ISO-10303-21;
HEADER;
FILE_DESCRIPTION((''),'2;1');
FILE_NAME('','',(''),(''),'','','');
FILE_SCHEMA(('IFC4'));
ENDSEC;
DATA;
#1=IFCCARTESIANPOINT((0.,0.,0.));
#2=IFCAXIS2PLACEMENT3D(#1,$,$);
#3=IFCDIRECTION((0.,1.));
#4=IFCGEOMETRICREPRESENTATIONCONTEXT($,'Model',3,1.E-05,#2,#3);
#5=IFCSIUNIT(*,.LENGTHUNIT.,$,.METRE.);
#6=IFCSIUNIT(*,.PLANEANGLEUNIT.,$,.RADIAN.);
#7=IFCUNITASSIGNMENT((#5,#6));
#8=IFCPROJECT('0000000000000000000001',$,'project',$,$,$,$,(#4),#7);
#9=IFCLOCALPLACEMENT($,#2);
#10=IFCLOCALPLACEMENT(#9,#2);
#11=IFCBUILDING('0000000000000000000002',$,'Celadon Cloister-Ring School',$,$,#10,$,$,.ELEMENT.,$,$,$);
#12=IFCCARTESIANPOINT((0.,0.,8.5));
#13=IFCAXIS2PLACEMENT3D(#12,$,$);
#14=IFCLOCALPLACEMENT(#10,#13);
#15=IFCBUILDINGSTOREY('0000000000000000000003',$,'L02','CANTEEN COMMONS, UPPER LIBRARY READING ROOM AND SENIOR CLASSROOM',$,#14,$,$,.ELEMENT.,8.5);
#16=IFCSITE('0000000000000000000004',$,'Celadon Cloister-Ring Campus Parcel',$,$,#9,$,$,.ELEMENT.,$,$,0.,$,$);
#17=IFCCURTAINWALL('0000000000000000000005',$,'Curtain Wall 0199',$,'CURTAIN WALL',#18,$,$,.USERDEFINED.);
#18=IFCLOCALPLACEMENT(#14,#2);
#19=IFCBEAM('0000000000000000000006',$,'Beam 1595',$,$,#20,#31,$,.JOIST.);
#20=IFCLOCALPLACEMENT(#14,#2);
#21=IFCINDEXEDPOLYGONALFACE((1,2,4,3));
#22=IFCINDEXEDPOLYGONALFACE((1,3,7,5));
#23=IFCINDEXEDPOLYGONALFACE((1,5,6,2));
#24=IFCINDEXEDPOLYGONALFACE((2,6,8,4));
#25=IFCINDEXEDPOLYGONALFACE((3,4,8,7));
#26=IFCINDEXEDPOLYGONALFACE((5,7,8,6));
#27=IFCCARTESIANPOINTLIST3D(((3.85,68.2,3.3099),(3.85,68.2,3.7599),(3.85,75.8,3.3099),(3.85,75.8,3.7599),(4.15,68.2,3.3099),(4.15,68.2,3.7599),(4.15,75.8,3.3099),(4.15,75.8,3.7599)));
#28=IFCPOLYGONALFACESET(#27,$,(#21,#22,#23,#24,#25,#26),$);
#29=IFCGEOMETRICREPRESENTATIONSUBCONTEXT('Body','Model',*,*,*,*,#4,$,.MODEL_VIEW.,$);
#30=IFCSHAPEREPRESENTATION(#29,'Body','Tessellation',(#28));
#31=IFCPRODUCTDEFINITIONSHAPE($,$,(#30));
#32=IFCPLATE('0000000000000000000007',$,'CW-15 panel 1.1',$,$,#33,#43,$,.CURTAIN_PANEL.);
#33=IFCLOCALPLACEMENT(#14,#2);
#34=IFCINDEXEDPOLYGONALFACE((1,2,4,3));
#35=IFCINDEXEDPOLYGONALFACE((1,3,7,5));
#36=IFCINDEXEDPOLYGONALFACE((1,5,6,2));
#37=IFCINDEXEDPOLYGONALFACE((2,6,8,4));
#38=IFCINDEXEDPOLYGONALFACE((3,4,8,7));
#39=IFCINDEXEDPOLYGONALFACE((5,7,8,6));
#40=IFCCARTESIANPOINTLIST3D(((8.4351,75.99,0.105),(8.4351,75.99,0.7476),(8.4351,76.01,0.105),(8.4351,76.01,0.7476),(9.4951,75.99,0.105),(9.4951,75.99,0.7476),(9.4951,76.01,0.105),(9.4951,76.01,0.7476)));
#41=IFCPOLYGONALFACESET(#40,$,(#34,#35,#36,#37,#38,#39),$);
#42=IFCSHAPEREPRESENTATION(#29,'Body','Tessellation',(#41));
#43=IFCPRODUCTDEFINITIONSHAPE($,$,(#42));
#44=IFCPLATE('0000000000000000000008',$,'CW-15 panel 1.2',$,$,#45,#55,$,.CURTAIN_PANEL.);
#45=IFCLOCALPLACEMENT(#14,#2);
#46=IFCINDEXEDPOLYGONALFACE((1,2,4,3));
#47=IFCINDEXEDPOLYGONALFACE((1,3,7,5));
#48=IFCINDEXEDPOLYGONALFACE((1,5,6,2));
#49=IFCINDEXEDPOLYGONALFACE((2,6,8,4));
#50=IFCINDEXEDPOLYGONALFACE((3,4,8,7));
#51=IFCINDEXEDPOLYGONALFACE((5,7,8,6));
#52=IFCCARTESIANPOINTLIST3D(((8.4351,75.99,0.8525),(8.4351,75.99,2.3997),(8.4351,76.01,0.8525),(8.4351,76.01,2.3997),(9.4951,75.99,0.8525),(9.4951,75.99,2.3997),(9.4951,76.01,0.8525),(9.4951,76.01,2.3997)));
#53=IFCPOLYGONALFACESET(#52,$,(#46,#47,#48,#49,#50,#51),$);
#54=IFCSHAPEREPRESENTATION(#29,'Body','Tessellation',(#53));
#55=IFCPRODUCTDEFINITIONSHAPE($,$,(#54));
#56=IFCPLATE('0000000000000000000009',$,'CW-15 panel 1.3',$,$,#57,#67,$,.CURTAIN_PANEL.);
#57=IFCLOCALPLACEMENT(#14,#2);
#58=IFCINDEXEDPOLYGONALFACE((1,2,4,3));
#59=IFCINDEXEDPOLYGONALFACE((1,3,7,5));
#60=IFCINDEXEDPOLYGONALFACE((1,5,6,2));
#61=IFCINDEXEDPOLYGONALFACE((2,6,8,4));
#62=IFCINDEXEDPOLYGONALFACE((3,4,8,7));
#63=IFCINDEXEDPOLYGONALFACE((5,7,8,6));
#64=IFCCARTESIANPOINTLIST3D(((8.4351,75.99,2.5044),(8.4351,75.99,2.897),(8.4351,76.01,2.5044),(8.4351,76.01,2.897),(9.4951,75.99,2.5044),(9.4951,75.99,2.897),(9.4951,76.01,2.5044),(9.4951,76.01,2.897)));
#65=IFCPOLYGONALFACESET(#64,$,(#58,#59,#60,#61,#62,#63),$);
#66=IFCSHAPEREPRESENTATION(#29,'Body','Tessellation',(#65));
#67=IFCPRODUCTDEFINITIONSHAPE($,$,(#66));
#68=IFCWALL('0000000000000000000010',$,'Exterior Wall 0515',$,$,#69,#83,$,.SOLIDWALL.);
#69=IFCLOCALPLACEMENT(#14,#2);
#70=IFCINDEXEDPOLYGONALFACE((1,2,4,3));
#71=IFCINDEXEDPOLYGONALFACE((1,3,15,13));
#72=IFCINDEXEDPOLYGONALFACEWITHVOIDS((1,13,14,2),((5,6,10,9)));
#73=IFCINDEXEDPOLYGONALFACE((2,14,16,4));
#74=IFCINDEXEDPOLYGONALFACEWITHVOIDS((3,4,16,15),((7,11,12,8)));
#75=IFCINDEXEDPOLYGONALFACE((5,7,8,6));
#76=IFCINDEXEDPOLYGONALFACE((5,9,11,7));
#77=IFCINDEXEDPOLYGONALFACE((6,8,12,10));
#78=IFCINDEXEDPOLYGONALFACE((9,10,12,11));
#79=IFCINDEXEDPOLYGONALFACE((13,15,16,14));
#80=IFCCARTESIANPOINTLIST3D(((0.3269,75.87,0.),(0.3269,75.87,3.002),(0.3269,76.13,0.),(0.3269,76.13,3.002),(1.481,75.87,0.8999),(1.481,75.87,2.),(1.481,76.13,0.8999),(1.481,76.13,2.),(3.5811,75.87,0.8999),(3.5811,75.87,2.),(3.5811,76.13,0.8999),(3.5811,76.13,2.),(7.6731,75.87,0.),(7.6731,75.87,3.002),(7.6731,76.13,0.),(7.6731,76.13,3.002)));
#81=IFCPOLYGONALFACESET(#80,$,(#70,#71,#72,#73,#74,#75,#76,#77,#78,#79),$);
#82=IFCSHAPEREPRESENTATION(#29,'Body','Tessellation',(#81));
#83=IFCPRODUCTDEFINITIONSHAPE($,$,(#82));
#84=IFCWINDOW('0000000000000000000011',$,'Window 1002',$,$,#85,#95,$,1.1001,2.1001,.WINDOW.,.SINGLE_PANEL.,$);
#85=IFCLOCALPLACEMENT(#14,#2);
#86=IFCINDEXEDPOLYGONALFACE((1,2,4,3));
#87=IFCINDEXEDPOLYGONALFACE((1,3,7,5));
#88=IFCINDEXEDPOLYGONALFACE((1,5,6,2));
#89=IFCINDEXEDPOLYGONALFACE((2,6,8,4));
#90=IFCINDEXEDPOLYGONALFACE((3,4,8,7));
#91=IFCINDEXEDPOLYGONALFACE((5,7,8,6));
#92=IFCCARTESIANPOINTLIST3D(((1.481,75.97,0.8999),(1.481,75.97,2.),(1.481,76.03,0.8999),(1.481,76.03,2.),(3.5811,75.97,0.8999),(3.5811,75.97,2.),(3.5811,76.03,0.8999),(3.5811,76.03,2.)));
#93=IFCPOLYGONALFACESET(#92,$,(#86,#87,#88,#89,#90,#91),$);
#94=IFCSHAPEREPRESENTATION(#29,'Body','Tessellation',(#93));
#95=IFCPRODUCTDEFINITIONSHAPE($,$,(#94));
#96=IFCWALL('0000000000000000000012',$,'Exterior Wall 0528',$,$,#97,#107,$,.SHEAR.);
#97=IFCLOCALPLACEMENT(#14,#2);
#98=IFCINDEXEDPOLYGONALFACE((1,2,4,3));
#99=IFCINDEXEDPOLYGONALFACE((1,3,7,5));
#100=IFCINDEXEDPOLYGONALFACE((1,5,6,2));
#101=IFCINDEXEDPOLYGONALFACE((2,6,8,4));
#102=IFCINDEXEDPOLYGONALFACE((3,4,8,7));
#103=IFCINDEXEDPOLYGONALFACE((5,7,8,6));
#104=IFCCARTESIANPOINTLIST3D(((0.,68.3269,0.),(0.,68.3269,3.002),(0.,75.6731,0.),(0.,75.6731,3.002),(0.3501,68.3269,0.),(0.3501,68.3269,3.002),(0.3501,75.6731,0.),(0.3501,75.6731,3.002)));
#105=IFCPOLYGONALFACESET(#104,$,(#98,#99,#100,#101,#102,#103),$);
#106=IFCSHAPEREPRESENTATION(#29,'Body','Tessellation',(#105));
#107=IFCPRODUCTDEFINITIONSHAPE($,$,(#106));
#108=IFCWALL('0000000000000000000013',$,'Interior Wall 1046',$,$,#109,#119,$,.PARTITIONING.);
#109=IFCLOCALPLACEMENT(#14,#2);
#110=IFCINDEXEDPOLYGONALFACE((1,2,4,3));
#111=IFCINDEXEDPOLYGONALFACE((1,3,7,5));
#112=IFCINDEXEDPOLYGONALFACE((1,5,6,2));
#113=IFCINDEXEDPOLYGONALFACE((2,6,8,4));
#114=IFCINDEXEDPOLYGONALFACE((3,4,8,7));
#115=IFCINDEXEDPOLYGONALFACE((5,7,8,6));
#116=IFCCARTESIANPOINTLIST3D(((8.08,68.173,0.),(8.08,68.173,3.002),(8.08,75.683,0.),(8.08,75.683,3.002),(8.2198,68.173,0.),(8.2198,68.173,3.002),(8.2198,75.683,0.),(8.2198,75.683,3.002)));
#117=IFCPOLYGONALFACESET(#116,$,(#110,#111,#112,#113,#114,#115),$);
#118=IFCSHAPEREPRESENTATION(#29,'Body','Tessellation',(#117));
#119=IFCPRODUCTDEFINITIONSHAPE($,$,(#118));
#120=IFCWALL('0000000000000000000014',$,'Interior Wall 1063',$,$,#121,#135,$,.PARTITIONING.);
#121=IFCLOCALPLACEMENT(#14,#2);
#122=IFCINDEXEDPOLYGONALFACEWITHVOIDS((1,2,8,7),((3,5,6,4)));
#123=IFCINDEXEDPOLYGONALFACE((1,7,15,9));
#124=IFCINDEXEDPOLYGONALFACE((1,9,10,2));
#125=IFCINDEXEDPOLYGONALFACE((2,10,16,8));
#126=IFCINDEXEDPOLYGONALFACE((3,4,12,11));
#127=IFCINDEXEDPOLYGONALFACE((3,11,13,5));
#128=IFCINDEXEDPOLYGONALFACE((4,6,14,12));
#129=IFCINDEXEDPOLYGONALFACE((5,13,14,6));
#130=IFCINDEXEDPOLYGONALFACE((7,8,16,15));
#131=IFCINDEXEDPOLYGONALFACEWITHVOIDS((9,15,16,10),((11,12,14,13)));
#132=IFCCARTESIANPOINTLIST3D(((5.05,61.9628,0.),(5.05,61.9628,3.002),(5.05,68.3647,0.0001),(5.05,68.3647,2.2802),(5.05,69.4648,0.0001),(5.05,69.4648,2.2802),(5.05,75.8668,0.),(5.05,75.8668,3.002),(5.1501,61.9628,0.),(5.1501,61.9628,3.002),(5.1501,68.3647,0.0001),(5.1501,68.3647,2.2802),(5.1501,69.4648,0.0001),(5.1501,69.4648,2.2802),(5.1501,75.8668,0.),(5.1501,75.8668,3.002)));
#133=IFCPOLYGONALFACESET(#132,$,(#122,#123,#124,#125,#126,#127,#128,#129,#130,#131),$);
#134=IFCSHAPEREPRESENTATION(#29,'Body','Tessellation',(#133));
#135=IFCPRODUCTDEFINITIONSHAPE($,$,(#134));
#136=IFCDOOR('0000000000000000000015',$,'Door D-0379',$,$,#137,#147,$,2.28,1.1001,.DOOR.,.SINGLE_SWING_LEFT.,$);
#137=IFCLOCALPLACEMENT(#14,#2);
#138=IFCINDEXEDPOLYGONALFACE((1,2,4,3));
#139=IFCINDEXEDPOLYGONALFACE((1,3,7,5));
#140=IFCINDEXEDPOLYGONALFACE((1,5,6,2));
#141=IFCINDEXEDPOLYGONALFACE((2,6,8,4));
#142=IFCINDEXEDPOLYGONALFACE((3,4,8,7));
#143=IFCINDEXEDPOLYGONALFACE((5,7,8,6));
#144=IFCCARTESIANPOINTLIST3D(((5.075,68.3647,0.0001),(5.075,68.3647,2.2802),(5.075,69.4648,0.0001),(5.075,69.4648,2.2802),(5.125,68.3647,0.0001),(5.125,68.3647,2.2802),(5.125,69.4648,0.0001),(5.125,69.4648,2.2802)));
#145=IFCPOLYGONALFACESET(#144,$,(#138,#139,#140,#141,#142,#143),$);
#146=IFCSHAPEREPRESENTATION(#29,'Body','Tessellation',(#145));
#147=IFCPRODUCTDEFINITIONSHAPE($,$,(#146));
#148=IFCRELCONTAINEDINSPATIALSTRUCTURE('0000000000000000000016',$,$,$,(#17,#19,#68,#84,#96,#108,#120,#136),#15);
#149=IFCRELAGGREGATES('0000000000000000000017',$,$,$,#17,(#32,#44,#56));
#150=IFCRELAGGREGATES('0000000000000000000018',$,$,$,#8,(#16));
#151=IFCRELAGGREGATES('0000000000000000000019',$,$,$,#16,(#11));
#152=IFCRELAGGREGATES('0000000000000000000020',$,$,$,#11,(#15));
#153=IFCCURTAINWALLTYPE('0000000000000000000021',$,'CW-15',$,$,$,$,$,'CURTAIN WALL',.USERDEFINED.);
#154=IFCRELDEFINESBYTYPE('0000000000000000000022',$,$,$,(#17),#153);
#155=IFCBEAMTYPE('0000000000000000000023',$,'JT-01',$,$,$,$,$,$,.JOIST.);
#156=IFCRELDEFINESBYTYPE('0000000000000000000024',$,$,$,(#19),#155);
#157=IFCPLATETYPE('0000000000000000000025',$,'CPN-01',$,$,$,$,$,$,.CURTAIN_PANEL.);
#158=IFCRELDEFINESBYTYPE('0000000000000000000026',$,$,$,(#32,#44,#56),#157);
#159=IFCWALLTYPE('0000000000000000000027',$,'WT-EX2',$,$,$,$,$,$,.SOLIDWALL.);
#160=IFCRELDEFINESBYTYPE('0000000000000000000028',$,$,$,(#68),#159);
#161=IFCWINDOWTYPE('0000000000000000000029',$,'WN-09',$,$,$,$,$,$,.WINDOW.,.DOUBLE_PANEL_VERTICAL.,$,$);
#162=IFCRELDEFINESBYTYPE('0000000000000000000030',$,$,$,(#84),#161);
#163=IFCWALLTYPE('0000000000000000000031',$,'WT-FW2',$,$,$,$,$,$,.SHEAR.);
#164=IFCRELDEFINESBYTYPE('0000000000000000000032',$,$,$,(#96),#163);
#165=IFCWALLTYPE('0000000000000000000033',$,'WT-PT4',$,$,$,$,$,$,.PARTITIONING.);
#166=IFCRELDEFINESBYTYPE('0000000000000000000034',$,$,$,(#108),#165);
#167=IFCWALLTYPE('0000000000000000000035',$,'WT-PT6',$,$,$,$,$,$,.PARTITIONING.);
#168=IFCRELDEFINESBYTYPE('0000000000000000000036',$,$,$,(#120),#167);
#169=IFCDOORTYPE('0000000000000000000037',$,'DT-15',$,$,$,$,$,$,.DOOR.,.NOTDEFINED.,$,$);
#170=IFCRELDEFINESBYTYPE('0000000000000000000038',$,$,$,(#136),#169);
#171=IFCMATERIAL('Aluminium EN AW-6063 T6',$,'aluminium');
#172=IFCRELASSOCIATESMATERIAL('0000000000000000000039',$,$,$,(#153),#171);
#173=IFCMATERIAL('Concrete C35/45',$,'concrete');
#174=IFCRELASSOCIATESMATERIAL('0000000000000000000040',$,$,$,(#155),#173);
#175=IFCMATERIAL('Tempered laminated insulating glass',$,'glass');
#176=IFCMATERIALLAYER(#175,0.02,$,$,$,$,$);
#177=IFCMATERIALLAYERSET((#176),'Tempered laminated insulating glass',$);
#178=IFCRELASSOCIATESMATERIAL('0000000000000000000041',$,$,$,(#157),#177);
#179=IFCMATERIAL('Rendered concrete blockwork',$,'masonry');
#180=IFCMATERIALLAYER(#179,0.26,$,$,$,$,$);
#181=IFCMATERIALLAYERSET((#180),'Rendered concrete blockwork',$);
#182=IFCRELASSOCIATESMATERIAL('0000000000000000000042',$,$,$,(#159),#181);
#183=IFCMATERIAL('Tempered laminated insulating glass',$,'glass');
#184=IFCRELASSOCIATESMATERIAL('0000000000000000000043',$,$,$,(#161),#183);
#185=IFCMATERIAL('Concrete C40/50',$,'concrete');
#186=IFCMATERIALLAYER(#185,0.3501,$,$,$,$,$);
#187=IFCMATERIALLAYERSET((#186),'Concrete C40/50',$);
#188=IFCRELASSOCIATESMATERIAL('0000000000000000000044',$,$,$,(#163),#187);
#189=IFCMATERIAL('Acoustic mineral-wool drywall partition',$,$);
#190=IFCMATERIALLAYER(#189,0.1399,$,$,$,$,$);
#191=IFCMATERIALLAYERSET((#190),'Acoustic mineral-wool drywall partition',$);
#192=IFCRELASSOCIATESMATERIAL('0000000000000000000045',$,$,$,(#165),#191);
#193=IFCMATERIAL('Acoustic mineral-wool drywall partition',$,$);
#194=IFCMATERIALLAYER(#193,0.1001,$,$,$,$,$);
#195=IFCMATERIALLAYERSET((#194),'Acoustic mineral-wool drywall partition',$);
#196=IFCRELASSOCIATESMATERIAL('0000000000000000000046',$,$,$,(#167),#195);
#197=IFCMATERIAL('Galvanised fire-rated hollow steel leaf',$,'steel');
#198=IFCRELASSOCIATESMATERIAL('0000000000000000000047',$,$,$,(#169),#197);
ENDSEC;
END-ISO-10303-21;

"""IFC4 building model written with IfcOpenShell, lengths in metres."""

from ifc_helpers import new_model, si_unit, direction, frame, frame_2d, origin, origin_2d, place, context, subcontext, project, spatial, rectangle, extrude, material, layer, layer_set, material_profile, profile_set, type_object, element, fill, aggregate, save


model = new_model("IFC4")

# Units and contexts
model_context = context("Model", 3, precision=1e-05, world=origin(), true_north=direction((0.0, 1.0)))
body_context = subcontext(model_context, "Body", "Model", "MODEL_VIEW")
ifc_project = project(units=[si_unit("LENGTHUNIT", "METRE"), si_unit("PLANEANGLEUNIT", "RADIAN")], contexts=[model_context])

# Site, building, storey
site_placement = place(None, origin())
site = spatial("IfcSite", under=ifc_project, at=site_placement, Name="Celadon Cloister-Ring Campus Parcel", CompositionType="ELEMENT", RefElevation=0.0)
building_placement = place(site_placement, origin())
building = spatial("IfcBuilding", under=site, at=building_placement, Name="Celadon Cloister-Ring School", CompositionType="ELEMENT")
storey_placement = place(building_placement, frame((0.0, 0.0, 8.5)))
storey = spatial("IfcBuildingStorey", under=building, at=storey_placement, Name="L02", Description="CANTEEN COMMONS, UPPER LIBRARY READING ROOM AND SENIOR CLASSROOM", CompositionType="ELEMENT", Elevation=8.5)

# Curtain wall
ifc_material_1 = material(Name="Aluminium EN AW-6063 T6", Category="aluminium")
curtain_wall_type = type_object("IfcCurtainWallType", Name="CW-15", ElementType="CURTAIN WALL", PredefinedType="USERDEFINED", material=ifc_material_1)
curtain_wall_placement = place(storey_placement, origin())
curtain_wall = element("IfcCurtainWall", 1, at=curtain_wall_placement, inside=storey, type_object=curtain_wall_type, Name="Curtain Wall 0199", ObjectType="CURTAIN WALL", PredefinedType="USERDEFINED")

# Beam
ifc_material_2 = material(Name="Concrete C35/45", Category="concrete")
ifc_material_profile_1 = material_profile(ifc_material_2, rectangle(XDim=0.3, YDim=0.45, at=origin_2d()), Name="RC300X450")
ifc_profile_set_1 = profile_set([ifc_material_profile_1], Name="Concrete C35/45")
beam_type_1 = type_object("IfcBeamType", Name="JT-01", PredefinedType="JOIST", material=ifc_profile_set_1)
beam_1_placement = place(storey_placement, frame((4.0, 68.2, 3.5349), z_axis=(0.0, 1.0, 0.0), x_axis=(-1.0, 0.0, 0.0)))
element("IfcBeam", 2, at=beam_1_placement, inside=storey, type_object=beam_type_1, Name="Beam 1595", PredefinedType="JOIST", context=body_context, shape_type="SweptSolid", body=[
    extrude(rectangle(XDim=0.3, YDim=0.45, at=origin_2d()), origin(), (0.0, 0.0, 1.0), 7.6001),
])

# Plates
ifc_material_3 = material(Name="Tempered laminated insulating glass", Category="glass")
ifc_layer_1 = layer(ifc_material_3, 0.02)
ifc_layer_set_1 = layer_set([ifc_layer_1], Name="Tempered laminated insulating glass")
plate_type = type_object("IfcPlateType", Name="CPN-01", PredefinedType="CURTAIN_PANEL", material=ifc_layer_set_1)
plate_1_placement = place(storey_placement, frame((8.9651, 76.0, 0.105), z_axis=(0.0, 0.0, 1.0), x_axis=(1.0, 0.0, 0.0)))
plate_1 = element("IfcPlate", 3, at=plate_1_placement, type_object=plate_type, Name="CW-15 panel 1.1", PredefinedType="CURTAIN_PANEL", context=body_context, shape_type="SweptSolid", body=[
    extrude(rectangle(XDim=1.0601, YDim=0.02, at=origin_2d()), origin(), (0.0, 0.0, 1.0), 0.6426),
])
plate_2_placement = place(storey_placement, frame((8.9651, 76.0, 0.8525), z_axis=(0.0, 0.0, 1.0), x_axis=(1.0, 0.0, 0.0)))
plate_2 = element("IfcPlate", 4, at=plate_2_placement, type_object=plate_type, Name="CW-15 panel 1.2", PredefinedType="CURTAIN_PANEL", context=body_context, shape_type="SweptSolid", body=[
    extrude(rectangle(XDim=1.0601, YDim=0.02, at=origin_2d()), origin(), (0.0, 0.0, 1.0), 1.5471),
])
plate_3_placement = place(storey_placement, frame((8.9651, 76.0, 2.5044), z_axis=(0.0, 0.0, 1.0), x_axis=(1.0, 0.0, 0.0)))
plate_3 = element("IfcPlate", 5, at=plate_3_placement, type_object=plate_type, Name="CW-15 panel 1.3", PredefinedType="CURTAIN_PANEL", context=body_context, shape_type="SweptSolid", body=[
    extrude(rectangle(XDim=1.0601, YDim=0.02, at=origin_2d()), origin(), (0.0, 0.0, 1.0), 0.3926),
])
aggregate(curtain_wall, [plate_1, plate_2, plate_3])

# Wall, opening, window
ifc_material_4 = material(Name="Rendered concrete blockwork", Category="masonry")
ifc_layer_2 = layer(ifc_material_4, 0.26)
ifc_layer_set_2 = layer_set([ifc_layer_2], Name="Rendered concrete blockwork")
wall_type_1 = type_object("IfcWallType", Name="WT-EX2", PredefinedType="SOLIDWALL", material=ifc_layer_set_2)
wall_1_placement = place(storey_placement, frame((0.3269, 76.0, 0.0), z_axis=(0.0, 0.0, 1.0), x_axis=(1.0, 0.0, 0.0)))
wall_1 = element("IfcWall", 6, at=wall_1_placement, inside=storey, type_object=wall_type_1, Name="Exterior Wall 0515", PredefinedType="SOLIDWALL", context=body_context, shape_type="SweptSolid", body=[
    extrude(rectangle(XDim=7.3462, YDim=0.26, at=frame_2d((3.6731, 0.0))), origin(), (0.0, 0.0, 1.0), 3.002),
])
opening_1_placement = place(wall_1_placement, frame((1.1541, 0.0, 0.8999)))
opening_1 = element("IfcOpeningElement", 7, at=opening_1_placement, cuts=wall_1, PredefinedType="OPENING", context=body_context, shape_type="SweptSolid", body=[
    extrude(rectangle(XDim=2.1001, YDim=1.1001, at=frame_2d((1.05, 0.55))), frame((0.0, 0.1401, 0.0), z_axis=(0.0, -1.0, 0.0), x_axis=(1.0, 0.0, 0.0)), (0.0, 0.0, 1.0), 0.28),
])
ifc_material_5 = material(Name="Tempered laminated insulating glass", Category="glass")
window_type = type_object("IfcWindowType", Name="WN-09", PartitioningType="DOUBLE_PANEL_VERTICAL", PredefinedType="WINDOW", material=ifc_material_5)
window_placement = place(opening_1_placement, origin())
window = element("IfcWindow", 8, at=window_placement, inside=storey, type_object=window_type, Name="Window 1002", OverallHeight=1.1001, OverallWidth=2.1001, PartitioningType="SINGLE_PANEL", PredefinedType="WINDOW", context=body_context, shape_type="SweptSolid", body=[
    extrude(rectangle(XDim=2.1001, YDim=1.1001, at=frame_2d((1.05, 0.55))), frame((0.0, 0.03, 0.0), z_axis=(0.0, -1.0, 0.0), x_axis=(1.0, 0.0, 0.0)), (0.0, 0.0, 1.0), 0.0601),
])
fill(opening_1, window)

# Walls
ifc_material_6 = material(Name="Concrete C40/50", Category="concrete")
ifc_layer_3 = layer(ifc_material_6, 0.3501)
ifc_layer_set_3 = layer_set([ifc_layer_3], Name="Concrete C40/50")
wall_type_2 = type_object("IfcWallType", Name="WT-FW2", PredefinedType="SHEAR", material=ifc_layer_set_3)
wall_2_placement = place(storey_placement, frame((0.175, 68.3269, 0.0), z_axis=(0.0, 0.0, 1.0), x_axis=(0.0, 1.0, 0.0)))
element("IfcWall", 9, at=wall_2_placement, inside=storey, type_object=wall_type_2, Name="Exterior Wall 0528", PredefinedType="SHEAR", context=body_context, shape_type="SweptSolid", body=[
    extrude(rectangle(XDim=7.3462, YDim=0.3501, at=frame_2d((3.6731, 0.0))), origin(), (0.0, 0.0, 1.0), 3.002),
])
ifc_material_7 = material(Name="Acoustic mineral-wool drywall partition")
ifc_layer_4 = layer(ifc_material_7, 0.1399)
ifc_layer_set_4 = layer_set([ifc_layer_4], Name="Acoustic mineral-wool drywall partition")
wall_type_3 = type_object("IfcWallType", Name="WT-PT4", PredefinedType="PARTITIONING", material=ifc_layer_set_4)
wall_3_placement = place(storey_placement, frame((8.1499, 68.1731, 0.0), z_axis=(0.0, 0.0, 1.0), x_axis=(0.0, 1.0, 0.0)))
element("IfcWall", 10, at=wall_3_placement, inside=storey, type_object=wall_type_3, Name="Interior Wall 1046", PredefinedType="PARTITIONING", context=body_context, shape_type="SweptSolid", body=[
    extrude(rectangle(XDim=7.51, YDim=0.1399, at=frame_2d((3.7549, 0.0))), origin(), (0.0, 0.0, 1.0), 3.002),
])

# Wall, opening, door
ifc_material_8 = material(Name="Acoustic mineral-wool drywall partition")
ifc_layer_5 = layer(ifc_material_8, 0.1001)
ifc_layer_set_5 = layer_set([ifc_layer_5], Name="Acoustic mineral-wool drywall partition")
wall_type_4 = type_object("IfcWallType", Name="WT-PT6", PredefinedType="PARTITIONING", material=ifc_layer_set_5)
wall_4_placement = place(storey_placement, frame((5.1001, 75.8669, 0.0), z_axis=(0.0, 0.0, 1.0), x_axis=(0.0, -1.0, 0.0)))
wall_4 = element("IfcWall", 11, at=wall_4_placement, inside=storey, type_object=wall_type_4, Name="Interior Wall 1063", PredefinedType="PARTITIONING", context=body_context, shape_type="SweptSolid", body=[
    extrude(rectangle(XDim=13.9041, YDim=0.1001, at=frame_2d((6.9521, 0.0))), origin(), (0.0, 0.0, 1.0), 3.002),
])
opening_2_placement = place(wall_4_placement, frame((6.4021, 0.0, 0.0)))
opening_2 = element("IfcOpeningElement", 12, at=opening_2_placement, cuts=wall_4, PredefinedType="OPENING", context=body_context, shape_type="SweptSolid", body=[
    extrude(rectangle(XDim=1.1001, YDim=2.28, at=frame_2d((0.55, 1.1401))), frame((0.0, 0.0601, 0.0), z_axis=(0.0, -1.0, 0.0), x_axis=(1.0, 0.0, 0.0)), (0.0, 0.0, 1.0), 0.1201),
])
ifc_material_9 = material(Name="Galvanised fire-rated hollow steel leaf", Category="steel")
door_type = type_object("IfcDoorType", Name="DT-15", OperationType="NOTDEFINED", PredefinedType="DOOR", material=ifc_material_9)
door_placement = place(opening_2_placement, origin())
door = element("IfcDoor", 13, at=door_placement, inside=storey, type_object=door_type, Name="Door D-0379", OperationType="SINGLE_SWING_LEFT", OverallHeight=2.28, OverallWidth=1.1001, PredefinedType="DOOR", context=body_context, shape_type="SweptSolid", body=[
    extrude(rectangle(XDim=1.1001, YDim=2.28, at=frame_2d((0.55, 1.1401))), frame((0.0, 0.0249, 0.0), z_axis=(0.0, -1.0, 0.0), x_axis=(1.0, 0.0, 0.0)), (0.0, 0.0, 1.0), 0.05),
])
fill(opening_2, door)

save(model, "model.ifc")
